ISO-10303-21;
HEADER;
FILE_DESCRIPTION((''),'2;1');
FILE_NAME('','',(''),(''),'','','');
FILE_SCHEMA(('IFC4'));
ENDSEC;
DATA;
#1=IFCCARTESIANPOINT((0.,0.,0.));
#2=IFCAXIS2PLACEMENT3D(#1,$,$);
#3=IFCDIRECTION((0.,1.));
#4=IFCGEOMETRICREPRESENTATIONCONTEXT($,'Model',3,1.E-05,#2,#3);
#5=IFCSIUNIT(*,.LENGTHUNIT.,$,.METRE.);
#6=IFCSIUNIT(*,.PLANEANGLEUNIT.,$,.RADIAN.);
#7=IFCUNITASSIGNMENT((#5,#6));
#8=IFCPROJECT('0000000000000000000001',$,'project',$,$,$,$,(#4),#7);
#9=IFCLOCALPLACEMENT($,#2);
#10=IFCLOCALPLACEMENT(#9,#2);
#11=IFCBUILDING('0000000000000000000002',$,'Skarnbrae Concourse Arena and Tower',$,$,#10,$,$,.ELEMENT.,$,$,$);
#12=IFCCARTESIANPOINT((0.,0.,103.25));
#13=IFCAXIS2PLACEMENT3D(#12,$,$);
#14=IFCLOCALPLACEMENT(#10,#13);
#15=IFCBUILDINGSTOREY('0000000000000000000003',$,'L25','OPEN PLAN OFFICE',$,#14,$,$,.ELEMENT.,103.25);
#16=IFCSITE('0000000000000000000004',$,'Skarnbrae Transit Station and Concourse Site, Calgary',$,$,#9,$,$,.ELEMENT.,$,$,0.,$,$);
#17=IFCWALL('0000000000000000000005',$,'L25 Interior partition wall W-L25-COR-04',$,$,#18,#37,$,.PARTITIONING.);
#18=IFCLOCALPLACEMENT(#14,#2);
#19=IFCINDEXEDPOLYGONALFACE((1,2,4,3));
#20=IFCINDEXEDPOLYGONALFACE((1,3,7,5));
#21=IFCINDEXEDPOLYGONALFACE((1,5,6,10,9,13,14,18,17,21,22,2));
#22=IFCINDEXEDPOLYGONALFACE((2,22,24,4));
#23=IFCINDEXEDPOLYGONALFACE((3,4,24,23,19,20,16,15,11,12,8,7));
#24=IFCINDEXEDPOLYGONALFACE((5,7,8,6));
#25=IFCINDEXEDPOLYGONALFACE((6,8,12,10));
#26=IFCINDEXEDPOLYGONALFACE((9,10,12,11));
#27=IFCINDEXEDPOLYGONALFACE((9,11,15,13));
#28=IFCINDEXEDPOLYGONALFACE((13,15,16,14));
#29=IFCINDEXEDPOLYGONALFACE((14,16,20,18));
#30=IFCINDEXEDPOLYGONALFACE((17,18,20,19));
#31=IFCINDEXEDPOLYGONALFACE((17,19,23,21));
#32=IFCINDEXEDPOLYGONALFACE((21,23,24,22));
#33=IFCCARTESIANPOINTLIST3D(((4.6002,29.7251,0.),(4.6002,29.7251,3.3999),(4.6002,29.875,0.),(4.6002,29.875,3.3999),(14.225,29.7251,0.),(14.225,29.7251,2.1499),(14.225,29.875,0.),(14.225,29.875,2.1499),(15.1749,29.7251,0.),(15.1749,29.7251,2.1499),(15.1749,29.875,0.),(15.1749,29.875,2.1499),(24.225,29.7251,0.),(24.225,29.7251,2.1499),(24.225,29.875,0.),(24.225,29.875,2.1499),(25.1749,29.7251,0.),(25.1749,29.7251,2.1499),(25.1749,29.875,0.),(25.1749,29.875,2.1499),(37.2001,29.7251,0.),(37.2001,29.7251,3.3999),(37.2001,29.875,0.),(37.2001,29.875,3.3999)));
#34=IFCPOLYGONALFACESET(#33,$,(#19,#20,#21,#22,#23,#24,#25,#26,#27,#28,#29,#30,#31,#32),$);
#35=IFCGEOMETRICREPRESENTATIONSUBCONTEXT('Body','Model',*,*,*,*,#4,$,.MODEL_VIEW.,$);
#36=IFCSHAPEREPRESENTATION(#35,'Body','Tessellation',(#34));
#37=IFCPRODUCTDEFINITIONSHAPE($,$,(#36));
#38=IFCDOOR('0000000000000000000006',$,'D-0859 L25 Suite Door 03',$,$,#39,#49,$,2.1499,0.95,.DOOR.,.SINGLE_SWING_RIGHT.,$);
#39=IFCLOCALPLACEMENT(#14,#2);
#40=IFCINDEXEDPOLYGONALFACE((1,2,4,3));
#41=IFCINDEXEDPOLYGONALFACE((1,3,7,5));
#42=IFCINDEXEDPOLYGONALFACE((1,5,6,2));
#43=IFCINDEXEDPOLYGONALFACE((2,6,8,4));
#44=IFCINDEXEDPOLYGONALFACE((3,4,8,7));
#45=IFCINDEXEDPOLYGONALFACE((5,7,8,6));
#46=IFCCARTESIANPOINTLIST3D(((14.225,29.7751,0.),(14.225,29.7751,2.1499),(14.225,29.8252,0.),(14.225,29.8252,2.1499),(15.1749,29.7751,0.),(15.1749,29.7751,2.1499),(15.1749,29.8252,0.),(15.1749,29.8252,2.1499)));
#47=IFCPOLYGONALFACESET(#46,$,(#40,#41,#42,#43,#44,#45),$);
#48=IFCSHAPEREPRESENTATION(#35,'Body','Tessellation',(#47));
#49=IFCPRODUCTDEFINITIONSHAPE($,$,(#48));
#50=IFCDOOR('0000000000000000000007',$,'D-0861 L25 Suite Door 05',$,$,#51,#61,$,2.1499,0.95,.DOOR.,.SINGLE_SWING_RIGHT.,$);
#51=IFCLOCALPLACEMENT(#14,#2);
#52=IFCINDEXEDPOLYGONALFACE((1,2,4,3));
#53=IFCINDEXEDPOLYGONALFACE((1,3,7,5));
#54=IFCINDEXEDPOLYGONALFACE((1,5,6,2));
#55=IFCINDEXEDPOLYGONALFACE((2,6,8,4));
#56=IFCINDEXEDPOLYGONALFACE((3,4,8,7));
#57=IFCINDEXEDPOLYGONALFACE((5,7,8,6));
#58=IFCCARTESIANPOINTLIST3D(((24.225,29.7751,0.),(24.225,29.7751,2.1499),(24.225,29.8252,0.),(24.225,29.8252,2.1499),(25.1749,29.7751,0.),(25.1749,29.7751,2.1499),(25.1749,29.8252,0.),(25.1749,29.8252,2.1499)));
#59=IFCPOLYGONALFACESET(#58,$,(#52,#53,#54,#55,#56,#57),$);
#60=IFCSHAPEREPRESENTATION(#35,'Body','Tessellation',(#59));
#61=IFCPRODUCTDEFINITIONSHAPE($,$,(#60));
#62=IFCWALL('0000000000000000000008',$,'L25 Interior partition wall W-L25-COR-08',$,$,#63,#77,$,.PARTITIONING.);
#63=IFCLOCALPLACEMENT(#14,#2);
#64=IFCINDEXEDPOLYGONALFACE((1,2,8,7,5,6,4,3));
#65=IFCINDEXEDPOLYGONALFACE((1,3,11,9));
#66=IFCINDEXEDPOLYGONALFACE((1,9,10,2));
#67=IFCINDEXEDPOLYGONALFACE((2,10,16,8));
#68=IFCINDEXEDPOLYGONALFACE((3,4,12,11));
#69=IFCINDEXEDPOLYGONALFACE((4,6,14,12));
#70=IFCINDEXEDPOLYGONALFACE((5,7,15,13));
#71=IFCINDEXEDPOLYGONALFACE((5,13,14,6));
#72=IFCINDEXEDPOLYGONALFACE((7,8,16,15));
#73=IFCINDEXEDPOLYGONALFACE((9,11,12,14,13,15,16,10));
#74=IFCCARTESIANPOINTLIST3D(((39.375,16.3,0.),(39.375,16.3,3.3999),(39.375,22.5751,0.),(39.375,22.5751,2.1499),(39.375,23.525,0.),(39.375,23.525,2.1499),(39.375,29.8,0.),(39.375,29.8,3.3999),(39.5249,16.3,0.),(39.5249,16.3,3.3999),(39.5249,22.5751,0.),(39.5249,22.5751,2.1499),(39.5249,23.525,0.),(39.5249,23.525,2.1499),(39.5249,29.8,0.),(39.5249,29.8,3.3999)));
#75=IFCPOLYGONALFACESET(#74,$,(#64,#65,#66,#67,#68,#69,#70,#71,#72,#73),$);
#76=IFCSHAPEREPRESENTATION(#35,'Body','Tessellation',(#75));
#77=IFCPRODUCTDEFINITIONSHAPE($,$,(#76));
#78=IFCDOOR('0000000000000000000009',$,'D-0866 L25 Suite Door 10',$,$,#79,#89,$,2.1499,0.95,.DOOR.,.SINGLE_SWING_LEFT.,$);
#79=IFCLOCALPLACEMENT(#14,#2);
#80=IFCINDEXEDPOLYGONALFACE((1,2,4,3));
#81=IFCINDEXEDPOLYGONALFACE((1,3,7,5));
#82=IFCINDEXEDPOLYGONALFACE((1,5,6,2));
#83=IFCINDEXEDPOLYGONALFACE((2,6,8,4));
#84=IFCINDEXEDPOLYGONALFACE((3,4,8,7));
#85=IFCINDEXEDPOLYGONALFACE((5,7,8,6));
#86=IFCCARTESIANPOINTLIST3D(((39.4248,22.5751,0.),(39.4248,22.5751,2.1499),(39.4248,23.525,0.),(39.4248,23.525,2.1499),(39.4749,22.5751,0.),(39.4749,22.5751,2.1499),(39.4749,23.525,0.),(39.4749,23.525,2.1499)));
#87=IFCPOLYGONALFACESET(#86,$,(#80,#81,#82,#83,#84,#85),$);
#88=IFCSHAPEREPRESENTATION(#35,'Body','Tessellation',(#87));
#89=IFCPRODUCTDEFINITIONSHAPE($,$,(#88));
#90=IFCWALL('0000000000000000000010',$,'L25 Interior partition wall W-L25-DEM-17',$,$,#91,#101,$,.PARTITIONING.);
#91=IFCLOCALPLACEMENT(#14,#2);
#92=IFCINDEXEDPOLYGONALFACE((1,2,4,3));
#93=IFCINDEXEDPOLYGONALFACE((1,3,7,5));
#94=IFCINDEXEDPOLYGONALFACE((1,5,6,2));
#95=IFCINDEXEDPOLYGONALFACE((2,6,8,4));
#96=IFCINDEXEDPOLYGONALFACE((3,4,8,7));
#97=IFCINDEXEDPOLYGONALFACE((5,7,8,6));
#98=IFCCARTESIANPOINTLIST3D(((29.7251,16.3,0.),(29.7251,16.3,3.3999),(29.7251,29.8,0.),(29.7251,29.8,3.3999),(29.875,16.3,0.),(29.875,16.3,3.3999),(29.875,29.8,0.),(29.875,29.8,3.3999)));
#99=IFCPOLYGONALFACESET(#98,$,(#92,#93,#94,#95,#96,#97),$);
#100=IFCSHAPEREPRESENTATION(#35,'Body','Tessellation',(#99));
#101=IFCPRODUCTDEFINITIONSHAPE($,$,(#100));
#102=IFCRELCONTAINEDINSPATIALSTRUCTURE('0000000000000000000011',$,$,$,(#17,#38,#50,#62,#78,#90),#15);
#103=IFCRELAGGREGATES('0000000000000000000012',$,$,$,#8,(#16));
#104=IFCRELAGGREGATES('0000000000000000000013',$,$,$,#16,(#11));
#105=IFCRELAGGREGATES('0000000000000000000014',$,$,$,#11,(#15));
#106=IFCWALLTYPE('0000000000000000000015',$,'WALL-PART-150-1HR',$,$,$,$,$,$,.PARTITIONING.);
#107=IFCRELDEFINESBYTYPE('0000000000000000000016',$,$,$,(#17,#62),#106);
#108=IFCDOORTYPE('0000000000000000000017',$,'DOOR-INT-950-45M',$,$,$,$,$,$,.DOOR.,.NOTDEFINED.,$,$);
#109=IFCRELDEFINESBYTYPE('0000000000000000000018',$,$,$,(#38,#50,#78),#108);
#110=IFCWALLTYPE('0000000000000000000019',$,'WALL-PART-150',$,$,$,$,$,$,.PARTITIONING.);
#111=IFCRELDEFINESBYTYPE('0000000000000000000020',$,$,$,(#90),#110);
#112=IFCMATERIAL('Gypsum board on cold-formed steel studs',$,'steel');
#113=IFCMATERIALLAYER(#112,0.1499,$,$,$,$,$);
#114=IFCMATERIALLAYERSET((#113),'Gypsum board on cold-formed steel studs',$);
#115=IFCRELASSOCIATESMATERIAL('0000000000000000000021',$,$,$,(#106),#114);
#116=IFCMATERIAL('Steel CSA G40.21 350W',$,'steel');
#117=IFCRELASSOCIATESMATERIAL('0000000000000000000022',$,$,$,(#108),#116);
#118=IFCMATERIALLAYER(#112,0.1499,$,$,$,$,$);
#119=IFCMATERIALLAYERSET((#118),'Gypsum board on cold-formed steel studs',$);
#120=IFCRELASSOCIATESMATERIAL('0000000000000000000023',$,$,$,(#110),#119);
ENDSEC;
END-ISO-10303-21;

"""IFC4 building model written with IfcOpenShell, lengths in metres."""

from ifc_helpers import new_model, si_unit, direction, frame, frame_2d, origin, place, context, subcontext, project, spatial, rectangle, extrude, source, transform, mapped, material, layer, layer_set, type_object, element, fill, save


model = new_model("IFC4")

# Units and contexts
model_context = context("Model", 3, precision=1e-05, world=origin(), true_north=direction((0.0, 1.0)))
body_context = subcontext(model_context, "Body", "Model", "MODEL_VIEW")
ifc_project = project(units=[si_unit("LENGTHUNIT", "METRE"), si_unit("PLANEANGLEUNIT", "RADIAN")], contexts=[model_context])

# Site, building, storey
site_placement = place(None, origin())
site = spatial("IfcSite", under=ifc_project, at=site_placement, Name="Skarnbrae Transit Station and Concourse Site, Calgary", CompositionType="ELEMENT", RefElevation=0.0)
building_placement = place(site_placement, origin())
building = spatial("IfcBuilding", under=site, at=building_placement, Name="Skarnbrae Concourse Arena and Tower", CompositionType="ELEMENT")
storey_placement = place(building_placement, frame((0.0, 0.0, 103.25)))
storey = spatial("IfcBuildingStorey", under=building, at=storey_placement, Name="L25", Description="OPEN PLAN OFFICE", CompositionType="ELEMENT", Elevation=103.25)

# Shared definitions
ifc_material_1 = material(Name="Steel CSA G40.21 350W", Category="steel")

# Wall, openings, doors
ifc_material_2 = material(Name="Gypsum board on cold-formed steel studs", Category="steel")
ifc_layer_1 = layer(ifc_material_2, 0.1499)
ifc_layer_set_1 = layer_set([ifc_layer_1], Name="Gypsum board on cold-formed steel studs")
wall_type_1 = type_object("IfcWallType", Name="WALL-PART-150-1HR", PredefinedType="PARTITIONING", material=ifc_layer_set_1)
shared_shape_1 = source(origin(), body_context, "Body", "SweptSolid", [
    extrude(rectangle(XDim=32.5999, YDim=0.1499, at=frame_2d((16.2998, 0.0))), origin(), (0.0, 0.0, 1.0), 3.3999),
])
wall_1_placement = place(storey_placement, frame((37.2, 29.8, 0.0), z_axis=(0.0, 0.0, 1.0), x_axis=(-1.0, 0.0, 0.0)))
wall_1 = element("IfcWall", 1, at=wall_1_placement, inside=storey, type_object=wall_type_1, Name="L25 Interior partition wall W-L25-COR-04", PredefinedType="PARTITIONING", context=body_context, shape_type="MappedRepresentation", body=[
    mapped(shared_shape_1, transform((0.0, 0.0, 0.0))),
])
opening_1_placement = place(wall_1_placement, frame((22.0249, 0.0, 0.0)))
opening_1 = element("IfcOpeningElement", 2, at=opening_1_placement, cuts=wall_1, PredefinedType="OPENING", context=body_context, shape_type="SweptSolid", body=[
    extrude(rectangle(XDim=0.95, YDim=2.1499, at=frame_2d((0.4751, 1.075))), frame((0.0, 0.085, 0.0), z_axis=(0.0, -1.0, 0.0), x_axis=(1.0, 0.0, 0.0)), (0.0, 0.0, 1.0), 0.1699),
])
opening_2_placement = place(wall_1_placement, frame((12.0249, 0.0, 0.0)))
opening_2 = element("IfcOpeningElement", 3, at=opening_2_placement, cuts=wall_1, PredefinedType="OPENING", context=body_context, shape_type="SweptSolid", body=[
    extrude(rectangle(XDim=0.95, YDim=2.1499, at=frame_2d((0.4751, 1.075))), frame((0.0, 0.085, 0.0), z_axis=(0.0, -1.0, 0.0), x_axis=(1.0, 0.0, 0.0)), (0.0, 0.0, 1.0), 0.1699),
])
door_type = type_object("IfcDoorType", Name="DOOR-INT-950-45M", OperationType="NOTDEFINED", PredefinedType="DOOR", material=ifc_material_1)
shared_shape_2 = source(origin(), body_context, "Body", "SweptSolid", [
    extrude(rectangle(XDim=0.95, YDim=2.1499, at=frame_2d((0.4751, 1.075))), frame((0.0, 0.0249, 0.0), z_axis=(0.0, -1.0, 0.0), x_axis=(1.0, 0.0, 0.0)), (0.0, 0.0, 1.0), 0.05),
])
door_1_placement = place(opening_1_placement, origin())
door_1 = element("IfcDoor", 4, at=door_1_placement, inside=storey, type_object=door_type, Name="D-0859 L25 Suite Door 03", OperationType="SINGLE_SWING_RIGHT", OverallHeight=2.1499, OverallWidth=0.95, PredefinedType="DOOR", context=body_context, shape_type="MappedRepresentation", body=[
    mapped(shared_shape_2, transform((0.0, 0.0, 0.0))),
])
fill(opening_1, door_1)
door_2_placement = place(opening_2_placement, origin())
door_2 = element("IfcDoor", 5, at=door_2_placement, inside=storey, type_object=door_type, Name="D-0861 L25 Suite Door 05", OperationType="SINGLE_SWING_RIGHT", OverallHeight=2.1499, OverallWidth=0.95, PredefinedType="DOOR", context=body_context, shape_type="MappedRepresentation", body=[
    mapped(shared_shape_2, transform((0.0, 0.0, 0.0))),
])
fill(opening_2, door_2)

# Wall, opening, door
shared_shape_3 = source(origin(), body_context, "Body", "SweptSolid", [
    extrude(rectangle(XDim=13.5, YDim=0.1499, at=frame_2d((6.75, 0.0))), origin(), (0.0, 0.0, 1.0), 3.3999),
])
wall_2_placement = place(storey_placement, frame((39.45, 29.8, 0.0), z_axis=(0.0, 0.0, 1.0), x_axis=(0.0, -1.0, 0.0)))
wall_2 = element("IfcWall", 6, at=wall_2_placement, inside=storey, type_object=wall_type_1, Name="L25 Interior partition wall W-L25-COR-08", PredefinedType="PARTITIONING", context=body_context, shape_type="MappedRepresentation", body=[
    mapped(shared_shape_3, transform((0.0, 0.0, 0.0))),
])
opening_3_placement = place(wall_2_placement, frame((6.2749, 0.0, 0.0)))
opening_3 = element("IfcOpeningElement", 7, at=opening_3_placement, cuts=wall_2, PredefinedType="OPENING", context=body_context, shape_type="SweptSolid", body=[
    extrude(rectangle(XDim=0.95, YDim=2.1499, at=frame_2d((0.4751, 1.075))), frame((0.0, 0.085, 0.0), z_axis=(0.0, -1.0, 0.0), x_axis=(1.0, 0.0, 0.0)), (0.0, 0.0, 1.0), 0.1699),
])
door_3_placement = place(opening_3_placement, origin())
door_3 = element("IfcDoor", 8, at=door_3_placement, inside=storey, type_object=door_type, Name="D-0866 L25 Suite Door 10", OperationType="SINGLE_SWING_LEFT", OverallHeight=2.1499, OverallWidth=0.95, PredefinedType="DOOR", context=body_context, shape_type="MappedRepresentation", body=[
    mapped(shared_shape_2, transform((0.0, 0.0, 0.0))),
])
fill(opening_3, door_3)

# Wall
ifc_layer_2 = layer(ifc_material_2, 0.1499)
ifc_layer_set_2 = layer_set([ifc_layer_2], Name="Gypsum board on cold-formed steel studs")
wall_type_2 = type_object("IfcWallType", Name="WALL-PART-150", PredefinedType="PARTITIONING", material=ifc_layer_set_2)
wall_3_placement = place(storey_placement, frame((29.8, 29.8, 0.0), z_axis=(0.0, 0.0, 1.0), x_axis=(0.0, -1.0, 0.0)))
element("IfcWall", 9, at=wall_3_placement, inside=storey, type_object=wall_type_2, Name="L25 Interior partition wall W-L25-DEM-17", PredefinedType="PARTITIONING", context=body_context, shape_type="MappedRepresentation", body=[
    mapped(shared_shape_3, transform((0.0, 0.0, 0.0))),
])

save(model, "model.ifc")
